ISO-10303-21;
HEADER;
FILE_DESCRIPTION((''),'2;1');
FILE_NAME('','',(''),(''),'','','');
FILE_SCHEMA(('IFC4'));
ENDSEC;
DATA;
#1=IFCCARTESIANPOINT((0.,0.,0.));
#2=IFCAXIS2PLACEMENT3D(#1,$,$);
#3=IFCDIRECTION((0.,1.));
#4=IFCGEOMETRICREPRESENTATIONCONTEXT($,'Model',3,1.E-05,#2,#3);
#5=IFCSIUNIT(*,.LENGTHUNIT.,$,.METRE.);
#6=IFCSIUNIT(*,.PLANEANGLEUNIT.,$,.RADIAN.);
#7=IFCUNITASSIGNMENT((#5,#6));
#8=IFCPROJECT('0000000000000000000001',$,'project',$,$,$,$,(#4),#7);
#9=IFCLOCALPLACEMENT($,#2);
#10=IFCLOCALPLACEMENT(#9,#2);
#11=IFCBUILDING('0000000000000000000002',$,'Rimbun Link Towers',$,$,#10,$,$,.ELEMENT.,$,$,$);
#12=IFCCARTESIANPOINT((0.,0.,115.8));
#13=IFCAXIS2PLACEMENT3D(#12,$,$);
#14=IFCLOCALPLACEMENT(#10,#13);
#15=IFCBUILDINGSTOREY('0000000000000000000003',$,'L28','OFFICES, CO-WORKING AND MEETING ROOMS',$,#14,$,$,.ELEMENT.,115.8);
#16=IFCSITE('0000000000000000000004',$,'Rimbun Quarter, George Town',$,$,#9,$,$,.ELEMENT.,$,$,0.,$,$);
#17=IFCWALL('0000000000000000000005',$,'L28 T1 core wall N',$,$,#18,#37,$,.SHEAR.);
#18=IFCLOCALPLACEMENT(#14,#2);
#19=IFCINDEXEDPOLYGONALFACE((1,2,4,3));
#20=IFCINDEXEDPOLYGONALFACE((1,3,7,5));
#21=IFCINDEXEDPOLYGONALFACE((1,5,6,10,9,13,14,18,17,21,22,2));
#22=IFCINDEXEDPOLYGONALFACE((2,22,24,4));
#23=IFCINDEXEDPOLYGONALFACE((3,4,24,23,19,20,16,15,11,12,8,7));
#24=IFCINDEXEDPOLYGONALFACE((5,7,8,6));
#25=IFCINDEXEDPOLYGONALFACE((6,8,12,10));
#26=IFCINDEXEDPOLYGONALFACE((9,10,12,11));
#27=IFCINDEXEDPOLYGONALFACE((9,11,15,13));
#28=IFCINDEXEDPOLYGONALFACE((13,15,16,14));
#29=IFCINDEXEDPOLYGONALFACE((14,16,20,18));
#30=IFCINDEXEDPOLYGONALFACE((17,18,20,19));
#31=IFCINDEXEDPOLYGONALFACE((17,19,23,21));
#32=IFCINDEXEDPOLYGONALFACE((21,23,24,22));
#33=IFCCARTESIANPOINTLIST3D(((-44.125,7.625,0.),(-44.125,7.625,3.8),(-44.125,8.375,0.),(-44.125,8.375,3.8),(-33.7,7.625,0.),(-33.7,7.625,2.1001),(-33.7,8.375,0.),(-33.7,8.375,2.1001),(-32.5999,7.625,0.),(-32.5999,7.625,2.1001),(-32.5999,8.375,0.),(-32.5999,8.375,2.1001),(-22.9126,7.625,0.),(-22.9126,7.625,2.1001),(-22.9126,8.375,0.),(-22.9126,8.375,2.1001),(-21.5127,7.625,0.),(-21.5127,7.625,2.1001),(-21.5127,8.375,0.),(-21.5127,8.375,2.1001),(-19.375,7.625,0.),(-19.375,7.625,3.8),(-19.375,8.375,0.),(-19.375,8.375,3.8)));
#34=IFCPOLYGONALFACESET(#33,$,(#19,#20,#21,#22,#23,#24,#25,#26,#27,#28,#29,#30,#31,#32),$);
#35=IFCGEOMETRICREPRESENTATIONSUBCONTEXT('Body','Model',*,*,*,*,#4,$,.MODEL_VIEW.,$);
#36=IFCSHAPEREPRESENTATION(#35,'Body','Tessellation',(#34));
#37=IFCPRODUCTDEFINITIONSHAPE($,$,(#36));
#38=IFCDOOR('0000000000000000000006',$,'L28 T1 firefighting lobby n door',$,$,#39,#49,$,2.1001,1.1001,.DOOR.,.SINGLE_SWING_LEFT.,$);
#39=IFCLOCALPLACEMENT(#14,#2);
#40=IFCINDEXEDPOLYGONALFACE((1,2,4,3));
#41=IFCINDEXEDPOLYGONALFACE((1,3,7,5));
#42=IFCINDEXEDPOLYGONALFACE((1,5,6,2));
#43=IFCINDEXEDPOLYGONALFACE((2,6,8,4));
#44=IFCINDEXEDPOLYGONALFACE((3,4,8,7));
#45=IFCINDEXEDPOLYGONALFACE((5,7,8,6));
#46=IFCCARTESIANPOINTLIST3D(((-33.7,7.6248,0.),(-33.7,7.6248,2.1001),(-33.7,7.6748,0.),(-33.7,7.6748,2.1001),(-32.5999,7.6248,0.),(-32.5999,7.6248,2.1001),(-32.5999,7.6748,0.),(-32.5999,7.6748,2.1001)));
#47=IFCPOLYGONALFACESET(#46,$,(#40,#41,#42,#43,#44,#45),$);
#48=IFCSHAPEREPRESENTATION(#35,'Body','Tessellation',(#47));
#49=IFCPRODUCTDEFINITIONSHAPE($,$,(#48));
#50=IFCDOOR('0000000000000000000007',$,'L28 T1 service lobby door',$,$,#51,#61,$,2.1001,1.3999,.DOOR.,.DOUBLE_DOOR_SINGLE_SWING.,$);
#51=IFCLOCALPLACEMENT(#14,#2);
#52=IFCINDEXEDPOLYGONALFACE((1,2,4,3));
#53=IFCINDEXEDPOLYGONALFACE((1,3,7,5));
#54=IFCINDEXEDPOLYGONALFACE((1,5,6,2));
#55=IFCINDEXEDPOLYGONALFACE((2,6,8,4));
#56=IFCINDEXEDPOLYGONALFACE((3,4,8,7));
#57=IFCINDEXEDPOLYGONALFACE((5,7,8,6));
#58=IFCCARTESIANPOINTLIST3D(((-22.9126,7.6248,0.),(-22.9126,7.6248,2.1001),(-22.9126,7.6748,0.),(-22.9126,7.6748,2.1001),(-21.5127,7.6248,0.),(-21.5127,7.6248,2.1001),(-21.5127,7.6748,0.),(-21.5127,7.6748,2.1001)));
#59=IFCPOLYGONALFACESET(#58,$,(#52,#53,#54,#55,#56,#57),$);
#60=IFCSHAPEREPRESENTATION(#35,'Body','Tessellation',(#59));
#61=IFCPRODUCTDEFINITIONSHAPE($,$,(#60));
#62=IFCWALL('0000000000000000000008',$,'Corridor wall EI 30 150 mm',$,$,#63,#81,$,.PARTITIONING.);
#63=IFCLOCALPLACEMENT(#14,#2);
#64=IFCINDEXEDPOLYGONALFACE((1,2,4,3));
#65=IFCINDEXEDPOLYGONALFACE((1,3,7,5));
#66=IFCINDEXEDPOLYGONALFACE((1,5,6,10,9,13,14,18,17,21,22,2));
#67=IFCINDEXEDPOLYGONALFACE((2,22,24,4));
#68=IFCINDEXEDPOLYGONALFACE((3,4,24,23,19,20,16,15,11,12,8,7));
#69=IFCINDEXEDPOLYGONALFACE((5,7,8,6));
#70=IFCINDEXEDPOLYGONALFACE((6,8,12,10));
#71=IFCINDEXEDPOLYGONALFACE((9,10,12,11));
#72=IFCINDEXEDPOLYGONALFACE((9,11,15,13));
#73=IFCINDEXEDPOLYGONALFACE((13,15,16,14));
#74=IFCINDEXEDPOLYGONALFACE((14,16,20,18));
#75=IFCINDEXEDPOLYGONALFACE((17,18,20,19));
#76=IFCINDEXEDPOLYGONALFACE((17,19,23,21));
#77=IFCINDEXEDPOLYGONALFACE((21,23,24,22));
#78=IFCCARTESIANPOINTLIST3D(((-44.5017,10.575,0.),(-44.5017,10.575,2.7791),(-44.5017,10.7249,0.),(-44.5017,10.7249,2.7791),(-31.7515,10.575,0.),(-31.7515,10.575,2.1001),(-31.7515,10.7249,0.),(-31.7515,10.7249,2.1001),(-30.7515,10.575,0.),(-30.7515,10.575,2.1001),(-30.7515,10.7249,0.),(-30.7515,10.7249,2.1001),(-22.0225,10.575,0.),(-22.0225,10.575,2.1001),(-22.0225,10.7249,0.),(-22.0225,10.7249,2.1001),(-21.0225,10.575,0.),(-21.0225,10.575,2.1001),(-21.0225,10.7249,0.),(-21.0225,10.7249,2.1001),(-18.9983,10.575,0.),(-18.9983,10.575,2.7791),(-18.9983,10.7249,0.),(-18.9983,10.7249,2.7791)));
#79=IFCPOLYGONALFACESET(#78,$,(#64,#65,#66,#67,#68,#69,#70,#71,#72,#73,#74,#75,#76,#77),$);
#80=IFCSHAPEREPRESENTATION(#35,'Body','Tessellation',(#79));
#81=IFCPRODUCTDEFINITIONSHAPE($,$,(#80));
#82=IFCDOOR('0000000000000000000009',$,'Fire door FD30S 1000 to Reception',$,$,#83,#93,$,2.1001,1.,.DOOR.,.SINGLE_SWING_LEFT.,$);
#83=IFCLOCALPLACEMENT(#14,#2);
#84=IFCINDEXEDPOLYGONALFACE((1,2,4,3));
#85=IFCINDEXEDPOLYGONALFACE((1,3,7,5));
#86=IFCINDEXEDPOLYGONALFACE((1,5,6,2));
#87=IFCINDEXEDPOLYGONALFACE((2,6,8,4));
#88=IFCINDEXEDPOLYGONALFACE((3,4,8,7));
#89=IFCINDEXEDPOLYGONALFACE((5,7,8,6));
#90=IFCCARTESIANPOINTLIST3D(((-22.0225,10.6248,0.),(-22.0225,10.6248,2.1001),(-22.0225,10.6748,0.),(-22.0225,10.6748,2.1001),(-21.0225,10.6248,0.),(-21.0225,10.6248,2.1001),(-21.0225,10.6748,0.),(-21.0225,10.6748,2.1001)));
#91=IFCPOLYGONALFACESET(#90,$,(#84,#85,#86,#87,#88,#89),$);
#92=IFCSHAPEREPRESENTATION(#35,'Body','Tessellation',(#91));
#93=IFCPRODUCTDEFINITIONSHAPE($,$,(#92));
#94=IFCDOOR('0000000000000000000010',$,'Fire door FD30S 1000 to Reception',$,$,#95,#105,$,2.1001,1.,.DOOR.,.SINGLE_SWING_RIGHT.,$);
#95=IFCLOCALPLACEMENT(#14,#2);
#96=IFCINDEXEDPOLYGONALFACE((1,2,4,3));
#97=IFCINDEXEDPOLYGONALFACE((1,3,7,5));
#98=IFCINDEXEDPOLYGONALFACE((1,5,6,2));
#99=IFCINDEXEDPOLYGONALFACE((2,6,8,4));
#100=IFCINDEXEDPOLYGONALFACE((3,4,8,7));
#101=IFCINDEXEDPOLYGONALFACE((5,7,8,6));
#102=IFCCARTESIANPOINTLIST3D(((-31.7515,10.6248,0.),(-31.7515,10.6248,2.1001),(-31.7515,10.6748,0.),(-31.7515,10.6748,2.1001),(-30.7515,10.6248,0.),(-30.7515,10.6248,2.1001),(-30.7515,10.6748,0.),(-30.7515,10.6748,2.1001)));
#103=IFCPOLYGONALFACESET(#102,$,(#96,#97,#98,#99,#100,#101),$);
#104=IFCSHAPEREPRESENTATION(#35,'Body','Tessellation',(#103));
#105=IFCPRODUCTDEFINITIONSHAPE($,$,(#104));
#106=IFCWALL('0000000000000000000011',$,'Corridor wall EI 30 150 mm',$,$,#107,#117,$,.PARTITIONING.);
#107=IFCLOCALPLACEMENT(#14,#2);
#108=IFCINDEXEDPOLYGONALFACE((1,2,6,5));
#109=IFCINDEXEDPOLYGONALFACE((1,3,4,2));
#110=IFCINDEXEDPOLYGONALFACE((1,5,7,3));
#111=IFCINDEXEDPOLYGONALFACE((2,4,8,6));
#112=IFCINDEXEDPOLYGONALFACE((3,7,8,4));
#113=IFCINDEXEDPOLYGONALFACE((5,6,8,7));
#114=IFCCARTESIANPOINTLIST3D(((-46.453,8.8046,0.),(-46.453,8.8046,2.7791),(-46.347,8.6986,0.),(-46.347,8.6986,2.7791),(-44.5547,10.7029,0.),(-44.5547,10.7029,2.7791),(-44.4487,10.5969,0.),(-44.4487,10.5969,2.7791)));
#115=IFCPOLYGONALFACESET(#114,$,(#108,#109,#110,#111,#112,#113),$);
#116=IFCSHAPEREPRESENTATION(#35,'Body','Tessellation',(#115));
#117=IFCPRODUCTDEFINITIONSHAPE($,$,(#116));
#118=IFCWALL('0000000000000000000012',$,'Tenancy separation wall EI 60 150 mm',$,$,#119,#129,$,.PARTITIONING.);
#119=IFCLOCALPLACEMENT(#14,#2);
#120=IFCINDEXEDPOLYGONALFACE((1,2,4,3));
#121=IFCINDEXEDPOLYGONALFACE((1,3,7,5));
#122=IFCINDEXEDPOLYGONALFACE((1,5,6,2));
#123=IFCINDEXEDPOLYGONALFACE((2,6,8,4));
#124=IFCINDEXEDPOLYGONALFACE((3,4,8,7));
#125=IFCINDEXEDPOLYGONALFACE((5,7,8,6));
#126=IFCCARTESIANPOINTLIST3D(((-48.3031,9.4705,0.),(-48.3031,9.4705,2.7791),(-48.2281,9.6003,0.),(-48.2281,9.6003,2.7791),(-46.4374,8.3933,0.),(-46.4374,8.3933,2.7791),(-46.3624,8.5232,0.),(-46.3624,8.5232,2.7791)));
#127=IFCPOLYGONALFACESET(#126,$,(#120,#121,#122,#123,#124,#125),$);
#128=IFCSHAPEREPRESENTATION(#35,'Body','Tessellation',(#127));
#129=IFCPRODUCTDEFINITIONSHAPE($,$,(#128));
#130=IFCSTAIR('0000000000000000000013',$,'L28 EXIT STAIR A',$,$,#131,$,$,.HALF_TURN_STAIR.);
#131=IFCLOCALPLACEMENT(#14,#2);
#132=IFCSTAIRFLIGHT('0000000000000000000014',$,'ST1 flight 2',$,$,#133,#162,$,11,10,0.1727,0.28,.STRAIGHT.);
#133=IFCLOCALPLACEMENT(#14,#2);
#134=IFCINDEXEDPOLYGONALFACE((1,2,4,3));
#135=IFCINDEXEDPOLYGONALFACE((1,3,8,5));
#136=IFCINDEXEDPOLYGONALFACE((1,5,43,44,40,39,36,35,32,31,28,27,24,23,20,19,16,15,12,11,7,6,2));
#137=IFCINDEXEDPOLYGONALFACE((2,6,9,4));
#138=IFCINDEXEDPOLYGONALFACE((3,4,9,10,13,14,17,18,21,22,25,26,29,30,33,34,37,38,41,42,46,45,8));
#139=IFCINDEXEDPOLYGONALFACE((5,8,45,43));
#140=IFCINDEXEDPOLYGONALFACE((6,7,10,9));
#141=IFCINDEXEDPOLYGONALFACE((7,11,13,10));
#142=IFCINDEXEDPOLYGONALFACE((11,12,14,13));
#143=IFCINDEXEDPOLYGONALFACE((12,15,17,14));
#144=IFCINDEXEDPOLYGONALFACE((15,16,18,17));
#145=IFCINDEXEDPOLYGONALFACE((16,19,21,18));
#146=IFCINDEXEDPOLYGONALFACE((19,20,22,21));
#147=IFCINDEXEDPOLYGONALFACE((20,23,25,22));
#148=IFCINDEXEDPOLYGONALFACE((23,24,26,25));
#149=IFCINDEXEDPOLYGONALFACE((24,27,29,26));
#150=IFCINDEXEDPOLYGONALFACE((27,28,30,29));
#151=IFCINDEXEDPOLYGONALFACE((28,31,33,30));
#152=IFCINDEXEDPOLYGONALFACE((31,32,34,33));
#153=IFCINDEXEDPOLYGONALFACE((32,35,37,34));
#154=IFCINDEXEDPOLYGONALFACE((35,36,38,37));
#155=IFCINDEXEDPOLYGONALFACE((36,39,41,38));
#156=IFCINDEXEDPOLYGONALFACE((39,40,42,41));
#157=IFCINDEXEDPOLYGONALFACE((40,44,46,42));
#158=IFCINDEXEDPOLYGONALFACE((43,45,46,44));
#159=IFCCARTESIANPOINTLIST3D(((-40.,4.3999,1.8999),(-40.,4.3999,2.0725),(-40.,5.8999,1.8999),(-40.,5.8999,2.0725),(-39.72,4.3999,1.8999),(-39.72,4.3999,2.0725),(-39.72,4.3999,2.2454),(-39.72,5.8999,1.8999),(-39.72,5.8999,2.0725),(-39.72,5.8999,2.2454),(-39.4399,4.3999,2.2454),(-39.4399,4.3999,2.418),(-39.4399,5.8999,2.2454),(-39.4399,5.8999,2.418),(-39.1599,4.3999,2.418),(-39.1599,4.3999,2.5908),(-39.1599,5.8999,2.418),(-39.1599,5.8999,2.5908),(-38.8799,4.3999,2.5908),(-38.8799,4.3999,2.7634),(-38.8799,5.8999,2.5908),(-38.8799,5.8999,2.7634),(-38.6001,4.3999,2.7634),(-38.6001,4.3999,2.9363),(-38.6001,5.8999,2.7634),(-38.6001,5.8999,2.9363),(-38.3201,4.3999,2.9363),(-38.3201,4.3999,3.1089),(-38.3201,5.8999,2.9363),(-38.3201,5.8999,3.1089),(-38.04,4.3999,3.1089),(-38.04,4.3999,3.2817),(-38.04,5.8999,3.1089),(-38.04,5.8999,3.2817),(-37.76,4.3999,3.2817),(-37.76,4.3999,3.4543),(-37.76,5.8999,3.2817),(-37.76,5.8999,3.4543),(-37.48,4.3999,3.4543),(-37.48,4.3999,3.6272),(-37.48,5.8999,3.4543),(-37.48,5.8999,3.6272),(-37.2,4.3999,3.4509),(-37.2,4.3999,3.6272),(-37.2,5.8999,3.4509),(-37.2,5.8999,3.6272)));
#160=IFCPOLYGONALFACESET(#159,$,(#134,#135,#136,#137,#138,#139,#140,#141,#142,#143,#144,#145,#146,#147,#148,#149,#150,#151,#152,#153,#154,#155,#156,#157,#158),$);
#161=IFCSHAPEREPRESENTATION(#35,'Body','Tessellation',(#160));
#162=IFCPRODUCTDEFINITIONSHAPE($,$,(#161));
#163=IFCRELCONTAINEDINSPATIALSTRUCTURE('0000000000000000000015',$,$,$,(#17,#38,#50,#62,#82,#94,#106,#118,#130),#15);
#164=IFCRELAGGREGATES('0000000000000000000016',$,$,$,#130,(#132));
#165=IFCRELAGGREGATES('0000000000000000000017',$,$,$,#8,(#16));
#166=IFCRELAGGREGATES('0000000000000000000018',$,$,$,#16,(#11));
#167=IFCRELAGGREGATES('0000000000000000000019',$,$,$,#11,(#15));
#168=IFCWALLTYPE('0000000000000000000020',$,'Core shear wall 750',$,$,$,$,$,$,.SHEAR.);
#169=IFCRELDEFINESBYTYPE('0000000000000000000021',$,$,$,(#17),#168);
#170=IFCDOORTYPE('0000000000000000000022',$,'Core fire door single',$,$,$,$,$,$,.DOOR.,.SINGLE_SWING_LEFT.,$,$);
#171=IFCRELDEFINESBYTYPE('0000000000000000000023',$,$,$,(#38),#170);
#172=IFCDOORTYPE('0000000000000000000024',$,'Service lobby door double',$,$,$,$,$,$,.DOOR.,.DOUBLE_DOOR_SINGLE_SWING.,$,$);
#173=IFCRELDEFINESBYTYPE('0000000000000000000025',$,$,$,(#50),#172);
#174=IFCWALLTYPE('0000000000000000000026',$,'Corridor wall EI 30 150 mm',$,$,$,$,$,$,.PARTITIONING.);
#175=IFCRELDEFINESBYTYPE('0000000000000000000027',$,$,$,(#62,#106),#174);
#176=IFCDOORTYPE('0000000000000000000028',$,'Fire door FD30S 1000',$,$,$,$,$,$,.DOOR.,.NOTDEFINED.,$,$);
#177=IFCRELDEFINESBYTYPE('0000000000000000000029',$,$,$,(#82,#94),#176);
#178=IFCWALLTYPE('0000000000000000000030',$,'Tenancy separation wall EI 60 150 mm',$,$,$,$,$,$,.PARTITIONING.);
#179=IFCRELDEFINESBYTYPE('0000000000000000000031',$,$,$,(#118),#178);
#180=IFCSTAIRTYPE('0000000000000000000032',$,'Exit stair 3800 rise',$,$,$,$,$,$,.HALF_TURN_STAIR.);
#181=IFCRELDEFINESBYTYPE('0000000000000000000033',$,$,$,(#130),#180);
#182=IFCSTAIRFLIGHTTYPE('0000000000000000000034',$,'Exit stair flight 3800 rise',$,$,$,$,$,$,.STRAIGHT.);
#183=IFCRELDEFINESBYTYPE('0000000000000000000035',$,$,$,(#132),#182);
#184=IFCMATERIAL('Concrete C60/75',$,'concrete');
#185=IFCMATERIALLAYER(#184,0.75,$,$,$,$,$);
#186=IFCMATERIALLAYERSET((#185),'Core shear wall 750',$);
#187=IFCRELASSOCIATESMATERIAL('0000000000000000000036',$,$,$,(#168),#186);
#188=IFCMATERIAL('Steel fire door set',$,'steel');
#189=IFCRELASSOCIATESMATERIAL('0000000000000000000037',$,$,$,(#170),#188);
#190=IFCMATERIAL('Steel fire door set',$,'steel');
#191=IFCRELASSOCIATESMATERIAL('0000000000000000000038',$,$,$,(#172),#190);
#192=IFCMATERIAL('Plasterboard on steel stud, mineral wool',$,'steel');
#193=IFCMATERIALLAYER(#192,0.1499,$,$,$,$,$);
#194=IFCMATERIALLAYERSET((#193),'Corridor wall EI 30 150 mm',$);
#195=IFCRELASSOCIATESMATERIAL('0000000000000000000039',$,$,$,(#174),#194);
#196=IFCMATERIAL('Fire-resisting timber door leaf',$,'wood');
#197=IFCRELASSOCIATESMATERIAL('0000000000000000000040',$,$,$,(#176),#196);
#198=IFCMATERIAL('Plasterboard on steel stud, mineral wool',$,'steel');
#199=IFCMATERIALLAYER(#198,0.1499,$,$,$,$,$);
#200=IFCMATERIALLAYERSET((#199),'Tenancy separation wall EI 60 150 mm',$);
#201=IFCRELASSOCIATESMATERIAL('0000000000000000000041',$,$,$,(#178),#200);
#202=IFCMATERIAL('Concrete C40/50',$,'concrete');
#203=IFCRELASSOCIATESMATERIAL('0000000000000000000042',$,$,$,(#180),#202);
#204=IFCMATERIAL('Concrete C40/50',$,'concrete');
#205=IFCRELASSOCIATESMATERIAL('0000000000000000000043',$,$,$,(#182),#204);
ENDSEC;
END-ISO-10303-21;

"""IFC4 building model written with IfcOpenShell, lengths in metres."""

from ifc_helpers import new_model, si_unit, direction, frame, frame_2d, origin, place, context, subcontext, project, spatial, polyline, rectangle, outline, extrude, material, layer, layer_set, type_object, element, fill, aggregate, save


model = new_model("IFC4")

# Units and contexts
model_context = context("Model", 3, precision=1e-05, world=origin(), true_north=direction((0.0, 1.0)))
body_context = subcontext(model_context, "Body", "Model", "MODEL_VIEW")
ifc_project = project(units=[si_unit("LENGTHUNIT", "METRE"), si_unit("PLANEANGLEUNIT", "RADIAN")], contexts=[model_context])

# Site, building, storey
site_placement = place(None, origin())
site = spatial("IfcSite", under=ifc_project, at=site_placement, Name="Rimbun Quarter, George Town", CompositionType="ELEMENT", RefElevation=0.0)
building_placement = place(site_placement, origin())
building = spatial("IfcBuilding", under=site, at=building_placement, Name="Rimbun Link Towers", CompositionType="ELEMENT")
storey_placement = place(building_placement, frame((0.0, 0.0, 115.8)))
storey = spatial("IfcBuildingStorey", under=building, at=storey_placement, Name="L28", Description="OFFICES, CO-WORKING AND MEETING ROOMS", CompositionType="ELEMENT", Elevation=115.8)

# Walls, openings, doors
ifc_material_1 = material(Name="Concrete C60/75", Category="concrete")
ifc_layer_1 = layer(ifc_material_1, 0.75)
ifc_layer_set_1 = layer_set([ifc_layer_1], Name="Core shear wall 750")
wall_type_1 = type_object("IfcWallType", Name="Core shear wall 750", PredefinedType="SHEAR", material=ifc_layer_set_1)
wall_1_placement = place(storey_placement, frame((-44.125, 8.0, 0.0), z_axis=(0.0, 0.0, 1.0), x_axis=(1.0, 0.0, 0.0)))
wall_1 = element("IfcWall", 1, at=wall_1_placement, inside=storey, type_object=wall_type_1, Name="L28 T1 core wall N", PredefinedType="SHEAR", context=body_context, shape_type="SweptSolid", body=[
    extrude(rectangle(XDim=24.75, YDim=0.75, at=frame_2d((12.375, 0.0))), origin(), (0.0, 0.0, 1.0), 3.8),
])
opening_1_placement = place(wall_1_placement, frame((10.425, 0.0, 0.0)))
opening_1 = element("IfcOpeningElement", 2, at=opening_1_placement, cuts=wall_1, PredefinedType="OPENING", context=body_context, shape_type="SweptSolid", body=[
    extrude(rectangle(XDim=1.1001, YDim=2.1001, at=frame_2d((0.55, 1.05))), frame((0.0, 0.385, 0.0), z_axis=(0.0, -1.0, 0.0), x_axis=(1.0, 0.0, 0.0)), (0.0, 0.0, 1.0), 0.77),
])
opening_2_placement = place(wall_1_placement, frame((21.2124, 0.0, 0.0)))
opening_2 = element("IfcOpeningElement", 3, at=opening_2_placement, cuts=wall_1, PredefinedType="OPENING", context=body_context, shape_type="SweptSolid", body=[
    extrude(rectangle(XDim=1.3999, YDim=2.1001, at=frame_2d((0.7, 1.05))), frame((0.0, 0.385, 0.0), z_axis=(0.0, -1.0, 0.0), x_axis=(1.0, 0.0, 0.0)), (0.0, 0.0, 1.0), 0.77),
])
ifc_material_2 = material(Name="Steel fire door set", Category="steel")
door_type_1 = type_object("IfcDoorType", Name="Core fire door single", OperationType="SINGLE_SWING_LEFT", PredefinedType="DOOR", material=ifc_material_2)
door_1_placement = place(opening_1_placement, origin())
door_1 = element("IfcDoor", 4, at=door_1_placement, inside=storey, type_object=door_type_1, Name="L28 T1 firefighting lobby n door", OperationType="SINGLE_SWING_LEFT", OverallHeight=2.1001, OverallWidth=1.1001, PredefinedType="DOOR", context=body_context, shape_type="SweptSolid", body=[
    extrude(rectangle(XDim=1.1001, YDim=2.1001, at=frame_2d((0.55, 1.05))), frame((0.0, -0.3252, 0.0), z_axis=(0.0, -1.0, 0.0), x_axis=(1.0, 0.0, 0.0)), (0.0, 0.0, 1.0), 0.05),
])
fill(opening_1, door_1)
ifc_material_3 = material(Name="Steel fire door set", Category="steel")
door_type_2 = type_object("IfcDoorType", Name="Service lobby door double", OperationType="DOUBLE_DOOR_SINGLE_SWING", PredefinedType="DOOR", material=ifc_material_3)
door_2_placement = place(opening_2_placement, origin())
door_2 = element("IfcDoor", 5, at=door_2_placement, inside=storey, type_object=door_type_2, Name="L28 T1 service lobby door", OperationType="DOUBLE_DOOR_SINGLE_SWING", OverallHeight=2.1001, OverallWidth=1.3999, PredefinedType="DOOR", context=body_context, shape_type="SweptSolid", body=[
    extrude(rectangle(XDim=1.3999, YDim=2.1001, at=frame_2d((0.7, 1.05))), frame((0.0, -0.3252, 0.0), z_axis=(0.0, -1.0, 0.0), x_axis=(1.0, 0.0, 0.0)), (0.0, 0.0, 1.0), 0.05),
])
fill(opening_2, door_2)
ifc_material_4 = material(Name="Plasterboard on steel stud, mineral wool", Category="steel")
ifc_layer_2 = layer(ifc_material_4, 0.1499)
ifc_layer_set_2 = layer_set([ifc_layer_2], Name="Corridor wall EI 30 150 mm")
wall_type_2 = type_object("IfcWallType", Name="Corridor wall EI 30 150 mm", PredefinedType="PARTITIONING", material=ifc_layer_set_2)
wall_2_placement = place(storey_placement, frame((-44.5017, 10.6499, 0.0), z_axis=(0.0, 0.0, 1.0), x_axis=(1.0, 0.0, 0.0)))
wall_2 = element("IfcWall", 6, at=wall_2_placement, inside=storey, type_object=wall_type_2, Name="Corridor wall EI 30 150 mm", PredefinedType="PARTITIONING", context=body_context, shape_type="SweptSolid", body=[
    extrude(rectangle(XDim=25.5034, YDim=0.1499, at=frame_2d((12.7517, 0.0))), origin(), (0.0, 0.0, 1.0), 2.7791),
])
opening_3_placement = place(wall_2_placement, frame((22.4792, 0.0, 0.0)))
opening_3 = element("IfcOpeningElement", 7, at=opening_3_placement, cuts=wall_2, PredefinedType="OPENING", context=body_context, shape_type="SweptSolid", body=[
    extrude(rectangle(XDim=1.0, YDim=2.1001, at=frame_2d((0.5, 1.05))), frame((0.0, 0.085, 0.0), z_axis=(0.0, -1.0, 0.0), x_axis=(1.0, 0.0, 0.0)), (0.0, 0.0, 1.0), 0.1699),
])
opening_4_placement = place(wall_2_placement, frame((12.7502, 0.0, 0.0)))
opening_4 = element("IfcOpeningElement", 8, at=opening_4_placement, cuts=wall_2, PredefinedType="OPENING", context=body_context, shape_type="SweptSolid", body=[
    extrude(rectangle(XDim=1.0, YDim=2.1001, at=frame_2d((0.5, 1.05))), frame((0.0, 0.085, 0.0), z_axis=(0.0, -1.0, 0.0), x_axis=(1.0, 0.0, 0.0)), (0.0, 0.0, 1.0), 0.1699),
])
ifc_material_5 = material(Name="Fire-resisting timber door leaf", Category="wood")
door_type_3 = type_object("IfcDoorType", Name="Fire door FD30S 1000", OperationType="NOTDEFINED", PredefinedType="DOOR", material=ifc_material_5)
door_3_placement = place(opening_3_placement, origin())
door_3 = element("IfcDoor", 9, at=door_3_placement, inside=storey, type_object=door_type_3, Name="Fire door FD30S 1000 to Reception", OperationType="SINGLE_SWING_LEFT", OverallHeight=2.1001, OverallWidth=1.0, PredefinedType="DOOR", context=body_context, shape_type="SweptSolid", body=[
    extrude(rectangle(XDim=1.0, YDim=2.1001, at=frame_2d((0.5, 1.05))), frame((0.0, 0.0249, 0.0), z_axis=(0.0, -1.0, 0.0), x_axis=(1.0, 0.0, 0.0)), (0.0, 0.0, 1.0), 0.05),
])
fill(opening_3, door_3)
door_4_placement = place(opening_4_placement, origin())
door_4 = element("IfcDoor", 10, at=door_4_placement, inside=storey, type_object=door_type_3, Name="Fire door FD30S 1000 to Reception", OperationType="SINGLE_SWING_RIGHT", OverallHeight=2.1001, OverallWidth=1.0, PredefinedType="DOOR", context=body_context, shape_type="SweptSolid", body=[
    extrude(rectangle(XDim=1.0, YDim=2.1001, at=frame_2d((0.5, 1.05))), frame((0.0, 0.0249, 0.0), z_axis=(0.0, -1.0, 0.0), x_axis=(1.0, 0.0, 0.0)), (0.0, 0.0, 1.0), 0.05),
])
fill(opening_4, door_4)

# Walls
wall_3_placement = place(storey_placement, frame((-44.5017, 10.6499, 0.0), z_axis=(0.0, 0.0, 1.0), x_axis=(-0.707107, -0.707107, 0.0)))
element("IfcWall", 11, at=wall_3_placement, inside=storey, type_object=wall_type_2, Name="Corridor wall EI 30 150 mm", PredefinedType="PARTITIONING", context=body_context, shape_type="SweptSolid", body=[
    extrude(rectangle(XDim=2.6846, YDim=0.1499, at=frame_2d((1.3423, 0.0))), origin(), (0.0, 0.0, 1.0), 2.7791),
])
ifc_material_6 = material(Name="Plasterboard on steel stud, mineral wool", Category="steel")
ifc_layer_3 = layer(ifc_material_6, 0.1499)
ifc_layer_set_3 = layer_set([ifc_layer_3], Name="Tenancy separation wall EI 60 150 mm")
wall_type_3 = type_object("IfcWallType", Name="Tenancy separation wall EI 60 150 mm", PredefinedType="PARTITIONING", material=ifc_layer_set_3)
wall_4_placement = place(storey_placement, frame((-46.3999, 8.4583, 0.0), z_axis=(0.0, 0.0, 1.0), x_axis=(-0.866031, 0.499991, 0.0)))
element("IfcWall", 12, at=wall_4_placement, inside=storey, type_object=wall_type_3, Name="Tenancy separation wall EI 60 150 mm", PredefinedType="PARTITIONING", context=body_context, shape_type="SweptSolid", body=[
    extrude(rectangle(XDim=2.1543, YDim=0.1499, at=frame_2d((1.0771, 0.0))), origin(), (0.0, 0.0, 1.0), 2.7791),
])

# Stair, stair flight
ifc_material_7 = material(Name="Concrete C40/50", Category="concrete")
stair_type = type_object("IfcStairType", Name="Exit stair 3800 rise", PredefinedType="HALF_TURN_STAIR", material=ifc_material_7)
stair_placement = place(storey_placement, origin())
stair = element("IfcStair", 13, at=stair_placement, inside=storey, type_object=stair_type, Name="L28 EXIT STAIR A", PredefinedType="HALF_TURN_STAIR")
ifc_material_8 = material(Name="Concrete C40/50", Category="concrete")
stair_flight_type = type_object("IfcStairFlightType", Name="Exit stair flight 3800 rise", PredefinedType="STRAIGHT", material=ifc_material_8)
stair_flight_placement = place(storey_placement, frame((-40.0, 5.1499, 1.8999), z_axis=(0.0, 0.0, 1.0), x_axis=(1.0, 0.0, 0.0)))
stair_flight = element("IfcStairFlight", 14, at=stair_flight_placement, type_object=stair_flight_type, Name="ST1 flight 2", NumberOfRisers=11, NumberOfTreads=10, PredefinedType="STRAIGHT", RiserHeight=0.1727, TreadLength=0.28, context=body_context, shape_type="SweptSolid", body=[
    extrude(outline(polyline([(0.0, 0.0), (0.0, 0.1726), (0.28, 0.1726), (0.28, 0.3455), (0.5601, 0.3455), (0.5601, 0.5181), (0.8401, 0.5181), (0.8401, 0.6909), (1.1201, 0.6909), (1.1201, 0.8635), (1.3999, 0.8635), (1.3999, 1.0364), (1.6799, 1.0364), (1.6799, 1.209), (1.96, 1.209), (1.96, 1.3818), (2.24, 1.3818), (2.24, 1.5544), (2.52, 1.5544), (2.52, 1.7273), (2.8, 1.7273), (2.8, 1.8999), (2.8, 1.551), (0.28, 0.0), (0.0, 0.0)])), frame((0.0, 0.75, 0.0), z_axis=(0.0, -1.0, 0.0), x_axis=(1.0, 0.0, 0.0)), (0.0, 0.0, 1.0), 1.5),
])
aggregate(stair, [stair_flight])

save(model, "model.ifc")
